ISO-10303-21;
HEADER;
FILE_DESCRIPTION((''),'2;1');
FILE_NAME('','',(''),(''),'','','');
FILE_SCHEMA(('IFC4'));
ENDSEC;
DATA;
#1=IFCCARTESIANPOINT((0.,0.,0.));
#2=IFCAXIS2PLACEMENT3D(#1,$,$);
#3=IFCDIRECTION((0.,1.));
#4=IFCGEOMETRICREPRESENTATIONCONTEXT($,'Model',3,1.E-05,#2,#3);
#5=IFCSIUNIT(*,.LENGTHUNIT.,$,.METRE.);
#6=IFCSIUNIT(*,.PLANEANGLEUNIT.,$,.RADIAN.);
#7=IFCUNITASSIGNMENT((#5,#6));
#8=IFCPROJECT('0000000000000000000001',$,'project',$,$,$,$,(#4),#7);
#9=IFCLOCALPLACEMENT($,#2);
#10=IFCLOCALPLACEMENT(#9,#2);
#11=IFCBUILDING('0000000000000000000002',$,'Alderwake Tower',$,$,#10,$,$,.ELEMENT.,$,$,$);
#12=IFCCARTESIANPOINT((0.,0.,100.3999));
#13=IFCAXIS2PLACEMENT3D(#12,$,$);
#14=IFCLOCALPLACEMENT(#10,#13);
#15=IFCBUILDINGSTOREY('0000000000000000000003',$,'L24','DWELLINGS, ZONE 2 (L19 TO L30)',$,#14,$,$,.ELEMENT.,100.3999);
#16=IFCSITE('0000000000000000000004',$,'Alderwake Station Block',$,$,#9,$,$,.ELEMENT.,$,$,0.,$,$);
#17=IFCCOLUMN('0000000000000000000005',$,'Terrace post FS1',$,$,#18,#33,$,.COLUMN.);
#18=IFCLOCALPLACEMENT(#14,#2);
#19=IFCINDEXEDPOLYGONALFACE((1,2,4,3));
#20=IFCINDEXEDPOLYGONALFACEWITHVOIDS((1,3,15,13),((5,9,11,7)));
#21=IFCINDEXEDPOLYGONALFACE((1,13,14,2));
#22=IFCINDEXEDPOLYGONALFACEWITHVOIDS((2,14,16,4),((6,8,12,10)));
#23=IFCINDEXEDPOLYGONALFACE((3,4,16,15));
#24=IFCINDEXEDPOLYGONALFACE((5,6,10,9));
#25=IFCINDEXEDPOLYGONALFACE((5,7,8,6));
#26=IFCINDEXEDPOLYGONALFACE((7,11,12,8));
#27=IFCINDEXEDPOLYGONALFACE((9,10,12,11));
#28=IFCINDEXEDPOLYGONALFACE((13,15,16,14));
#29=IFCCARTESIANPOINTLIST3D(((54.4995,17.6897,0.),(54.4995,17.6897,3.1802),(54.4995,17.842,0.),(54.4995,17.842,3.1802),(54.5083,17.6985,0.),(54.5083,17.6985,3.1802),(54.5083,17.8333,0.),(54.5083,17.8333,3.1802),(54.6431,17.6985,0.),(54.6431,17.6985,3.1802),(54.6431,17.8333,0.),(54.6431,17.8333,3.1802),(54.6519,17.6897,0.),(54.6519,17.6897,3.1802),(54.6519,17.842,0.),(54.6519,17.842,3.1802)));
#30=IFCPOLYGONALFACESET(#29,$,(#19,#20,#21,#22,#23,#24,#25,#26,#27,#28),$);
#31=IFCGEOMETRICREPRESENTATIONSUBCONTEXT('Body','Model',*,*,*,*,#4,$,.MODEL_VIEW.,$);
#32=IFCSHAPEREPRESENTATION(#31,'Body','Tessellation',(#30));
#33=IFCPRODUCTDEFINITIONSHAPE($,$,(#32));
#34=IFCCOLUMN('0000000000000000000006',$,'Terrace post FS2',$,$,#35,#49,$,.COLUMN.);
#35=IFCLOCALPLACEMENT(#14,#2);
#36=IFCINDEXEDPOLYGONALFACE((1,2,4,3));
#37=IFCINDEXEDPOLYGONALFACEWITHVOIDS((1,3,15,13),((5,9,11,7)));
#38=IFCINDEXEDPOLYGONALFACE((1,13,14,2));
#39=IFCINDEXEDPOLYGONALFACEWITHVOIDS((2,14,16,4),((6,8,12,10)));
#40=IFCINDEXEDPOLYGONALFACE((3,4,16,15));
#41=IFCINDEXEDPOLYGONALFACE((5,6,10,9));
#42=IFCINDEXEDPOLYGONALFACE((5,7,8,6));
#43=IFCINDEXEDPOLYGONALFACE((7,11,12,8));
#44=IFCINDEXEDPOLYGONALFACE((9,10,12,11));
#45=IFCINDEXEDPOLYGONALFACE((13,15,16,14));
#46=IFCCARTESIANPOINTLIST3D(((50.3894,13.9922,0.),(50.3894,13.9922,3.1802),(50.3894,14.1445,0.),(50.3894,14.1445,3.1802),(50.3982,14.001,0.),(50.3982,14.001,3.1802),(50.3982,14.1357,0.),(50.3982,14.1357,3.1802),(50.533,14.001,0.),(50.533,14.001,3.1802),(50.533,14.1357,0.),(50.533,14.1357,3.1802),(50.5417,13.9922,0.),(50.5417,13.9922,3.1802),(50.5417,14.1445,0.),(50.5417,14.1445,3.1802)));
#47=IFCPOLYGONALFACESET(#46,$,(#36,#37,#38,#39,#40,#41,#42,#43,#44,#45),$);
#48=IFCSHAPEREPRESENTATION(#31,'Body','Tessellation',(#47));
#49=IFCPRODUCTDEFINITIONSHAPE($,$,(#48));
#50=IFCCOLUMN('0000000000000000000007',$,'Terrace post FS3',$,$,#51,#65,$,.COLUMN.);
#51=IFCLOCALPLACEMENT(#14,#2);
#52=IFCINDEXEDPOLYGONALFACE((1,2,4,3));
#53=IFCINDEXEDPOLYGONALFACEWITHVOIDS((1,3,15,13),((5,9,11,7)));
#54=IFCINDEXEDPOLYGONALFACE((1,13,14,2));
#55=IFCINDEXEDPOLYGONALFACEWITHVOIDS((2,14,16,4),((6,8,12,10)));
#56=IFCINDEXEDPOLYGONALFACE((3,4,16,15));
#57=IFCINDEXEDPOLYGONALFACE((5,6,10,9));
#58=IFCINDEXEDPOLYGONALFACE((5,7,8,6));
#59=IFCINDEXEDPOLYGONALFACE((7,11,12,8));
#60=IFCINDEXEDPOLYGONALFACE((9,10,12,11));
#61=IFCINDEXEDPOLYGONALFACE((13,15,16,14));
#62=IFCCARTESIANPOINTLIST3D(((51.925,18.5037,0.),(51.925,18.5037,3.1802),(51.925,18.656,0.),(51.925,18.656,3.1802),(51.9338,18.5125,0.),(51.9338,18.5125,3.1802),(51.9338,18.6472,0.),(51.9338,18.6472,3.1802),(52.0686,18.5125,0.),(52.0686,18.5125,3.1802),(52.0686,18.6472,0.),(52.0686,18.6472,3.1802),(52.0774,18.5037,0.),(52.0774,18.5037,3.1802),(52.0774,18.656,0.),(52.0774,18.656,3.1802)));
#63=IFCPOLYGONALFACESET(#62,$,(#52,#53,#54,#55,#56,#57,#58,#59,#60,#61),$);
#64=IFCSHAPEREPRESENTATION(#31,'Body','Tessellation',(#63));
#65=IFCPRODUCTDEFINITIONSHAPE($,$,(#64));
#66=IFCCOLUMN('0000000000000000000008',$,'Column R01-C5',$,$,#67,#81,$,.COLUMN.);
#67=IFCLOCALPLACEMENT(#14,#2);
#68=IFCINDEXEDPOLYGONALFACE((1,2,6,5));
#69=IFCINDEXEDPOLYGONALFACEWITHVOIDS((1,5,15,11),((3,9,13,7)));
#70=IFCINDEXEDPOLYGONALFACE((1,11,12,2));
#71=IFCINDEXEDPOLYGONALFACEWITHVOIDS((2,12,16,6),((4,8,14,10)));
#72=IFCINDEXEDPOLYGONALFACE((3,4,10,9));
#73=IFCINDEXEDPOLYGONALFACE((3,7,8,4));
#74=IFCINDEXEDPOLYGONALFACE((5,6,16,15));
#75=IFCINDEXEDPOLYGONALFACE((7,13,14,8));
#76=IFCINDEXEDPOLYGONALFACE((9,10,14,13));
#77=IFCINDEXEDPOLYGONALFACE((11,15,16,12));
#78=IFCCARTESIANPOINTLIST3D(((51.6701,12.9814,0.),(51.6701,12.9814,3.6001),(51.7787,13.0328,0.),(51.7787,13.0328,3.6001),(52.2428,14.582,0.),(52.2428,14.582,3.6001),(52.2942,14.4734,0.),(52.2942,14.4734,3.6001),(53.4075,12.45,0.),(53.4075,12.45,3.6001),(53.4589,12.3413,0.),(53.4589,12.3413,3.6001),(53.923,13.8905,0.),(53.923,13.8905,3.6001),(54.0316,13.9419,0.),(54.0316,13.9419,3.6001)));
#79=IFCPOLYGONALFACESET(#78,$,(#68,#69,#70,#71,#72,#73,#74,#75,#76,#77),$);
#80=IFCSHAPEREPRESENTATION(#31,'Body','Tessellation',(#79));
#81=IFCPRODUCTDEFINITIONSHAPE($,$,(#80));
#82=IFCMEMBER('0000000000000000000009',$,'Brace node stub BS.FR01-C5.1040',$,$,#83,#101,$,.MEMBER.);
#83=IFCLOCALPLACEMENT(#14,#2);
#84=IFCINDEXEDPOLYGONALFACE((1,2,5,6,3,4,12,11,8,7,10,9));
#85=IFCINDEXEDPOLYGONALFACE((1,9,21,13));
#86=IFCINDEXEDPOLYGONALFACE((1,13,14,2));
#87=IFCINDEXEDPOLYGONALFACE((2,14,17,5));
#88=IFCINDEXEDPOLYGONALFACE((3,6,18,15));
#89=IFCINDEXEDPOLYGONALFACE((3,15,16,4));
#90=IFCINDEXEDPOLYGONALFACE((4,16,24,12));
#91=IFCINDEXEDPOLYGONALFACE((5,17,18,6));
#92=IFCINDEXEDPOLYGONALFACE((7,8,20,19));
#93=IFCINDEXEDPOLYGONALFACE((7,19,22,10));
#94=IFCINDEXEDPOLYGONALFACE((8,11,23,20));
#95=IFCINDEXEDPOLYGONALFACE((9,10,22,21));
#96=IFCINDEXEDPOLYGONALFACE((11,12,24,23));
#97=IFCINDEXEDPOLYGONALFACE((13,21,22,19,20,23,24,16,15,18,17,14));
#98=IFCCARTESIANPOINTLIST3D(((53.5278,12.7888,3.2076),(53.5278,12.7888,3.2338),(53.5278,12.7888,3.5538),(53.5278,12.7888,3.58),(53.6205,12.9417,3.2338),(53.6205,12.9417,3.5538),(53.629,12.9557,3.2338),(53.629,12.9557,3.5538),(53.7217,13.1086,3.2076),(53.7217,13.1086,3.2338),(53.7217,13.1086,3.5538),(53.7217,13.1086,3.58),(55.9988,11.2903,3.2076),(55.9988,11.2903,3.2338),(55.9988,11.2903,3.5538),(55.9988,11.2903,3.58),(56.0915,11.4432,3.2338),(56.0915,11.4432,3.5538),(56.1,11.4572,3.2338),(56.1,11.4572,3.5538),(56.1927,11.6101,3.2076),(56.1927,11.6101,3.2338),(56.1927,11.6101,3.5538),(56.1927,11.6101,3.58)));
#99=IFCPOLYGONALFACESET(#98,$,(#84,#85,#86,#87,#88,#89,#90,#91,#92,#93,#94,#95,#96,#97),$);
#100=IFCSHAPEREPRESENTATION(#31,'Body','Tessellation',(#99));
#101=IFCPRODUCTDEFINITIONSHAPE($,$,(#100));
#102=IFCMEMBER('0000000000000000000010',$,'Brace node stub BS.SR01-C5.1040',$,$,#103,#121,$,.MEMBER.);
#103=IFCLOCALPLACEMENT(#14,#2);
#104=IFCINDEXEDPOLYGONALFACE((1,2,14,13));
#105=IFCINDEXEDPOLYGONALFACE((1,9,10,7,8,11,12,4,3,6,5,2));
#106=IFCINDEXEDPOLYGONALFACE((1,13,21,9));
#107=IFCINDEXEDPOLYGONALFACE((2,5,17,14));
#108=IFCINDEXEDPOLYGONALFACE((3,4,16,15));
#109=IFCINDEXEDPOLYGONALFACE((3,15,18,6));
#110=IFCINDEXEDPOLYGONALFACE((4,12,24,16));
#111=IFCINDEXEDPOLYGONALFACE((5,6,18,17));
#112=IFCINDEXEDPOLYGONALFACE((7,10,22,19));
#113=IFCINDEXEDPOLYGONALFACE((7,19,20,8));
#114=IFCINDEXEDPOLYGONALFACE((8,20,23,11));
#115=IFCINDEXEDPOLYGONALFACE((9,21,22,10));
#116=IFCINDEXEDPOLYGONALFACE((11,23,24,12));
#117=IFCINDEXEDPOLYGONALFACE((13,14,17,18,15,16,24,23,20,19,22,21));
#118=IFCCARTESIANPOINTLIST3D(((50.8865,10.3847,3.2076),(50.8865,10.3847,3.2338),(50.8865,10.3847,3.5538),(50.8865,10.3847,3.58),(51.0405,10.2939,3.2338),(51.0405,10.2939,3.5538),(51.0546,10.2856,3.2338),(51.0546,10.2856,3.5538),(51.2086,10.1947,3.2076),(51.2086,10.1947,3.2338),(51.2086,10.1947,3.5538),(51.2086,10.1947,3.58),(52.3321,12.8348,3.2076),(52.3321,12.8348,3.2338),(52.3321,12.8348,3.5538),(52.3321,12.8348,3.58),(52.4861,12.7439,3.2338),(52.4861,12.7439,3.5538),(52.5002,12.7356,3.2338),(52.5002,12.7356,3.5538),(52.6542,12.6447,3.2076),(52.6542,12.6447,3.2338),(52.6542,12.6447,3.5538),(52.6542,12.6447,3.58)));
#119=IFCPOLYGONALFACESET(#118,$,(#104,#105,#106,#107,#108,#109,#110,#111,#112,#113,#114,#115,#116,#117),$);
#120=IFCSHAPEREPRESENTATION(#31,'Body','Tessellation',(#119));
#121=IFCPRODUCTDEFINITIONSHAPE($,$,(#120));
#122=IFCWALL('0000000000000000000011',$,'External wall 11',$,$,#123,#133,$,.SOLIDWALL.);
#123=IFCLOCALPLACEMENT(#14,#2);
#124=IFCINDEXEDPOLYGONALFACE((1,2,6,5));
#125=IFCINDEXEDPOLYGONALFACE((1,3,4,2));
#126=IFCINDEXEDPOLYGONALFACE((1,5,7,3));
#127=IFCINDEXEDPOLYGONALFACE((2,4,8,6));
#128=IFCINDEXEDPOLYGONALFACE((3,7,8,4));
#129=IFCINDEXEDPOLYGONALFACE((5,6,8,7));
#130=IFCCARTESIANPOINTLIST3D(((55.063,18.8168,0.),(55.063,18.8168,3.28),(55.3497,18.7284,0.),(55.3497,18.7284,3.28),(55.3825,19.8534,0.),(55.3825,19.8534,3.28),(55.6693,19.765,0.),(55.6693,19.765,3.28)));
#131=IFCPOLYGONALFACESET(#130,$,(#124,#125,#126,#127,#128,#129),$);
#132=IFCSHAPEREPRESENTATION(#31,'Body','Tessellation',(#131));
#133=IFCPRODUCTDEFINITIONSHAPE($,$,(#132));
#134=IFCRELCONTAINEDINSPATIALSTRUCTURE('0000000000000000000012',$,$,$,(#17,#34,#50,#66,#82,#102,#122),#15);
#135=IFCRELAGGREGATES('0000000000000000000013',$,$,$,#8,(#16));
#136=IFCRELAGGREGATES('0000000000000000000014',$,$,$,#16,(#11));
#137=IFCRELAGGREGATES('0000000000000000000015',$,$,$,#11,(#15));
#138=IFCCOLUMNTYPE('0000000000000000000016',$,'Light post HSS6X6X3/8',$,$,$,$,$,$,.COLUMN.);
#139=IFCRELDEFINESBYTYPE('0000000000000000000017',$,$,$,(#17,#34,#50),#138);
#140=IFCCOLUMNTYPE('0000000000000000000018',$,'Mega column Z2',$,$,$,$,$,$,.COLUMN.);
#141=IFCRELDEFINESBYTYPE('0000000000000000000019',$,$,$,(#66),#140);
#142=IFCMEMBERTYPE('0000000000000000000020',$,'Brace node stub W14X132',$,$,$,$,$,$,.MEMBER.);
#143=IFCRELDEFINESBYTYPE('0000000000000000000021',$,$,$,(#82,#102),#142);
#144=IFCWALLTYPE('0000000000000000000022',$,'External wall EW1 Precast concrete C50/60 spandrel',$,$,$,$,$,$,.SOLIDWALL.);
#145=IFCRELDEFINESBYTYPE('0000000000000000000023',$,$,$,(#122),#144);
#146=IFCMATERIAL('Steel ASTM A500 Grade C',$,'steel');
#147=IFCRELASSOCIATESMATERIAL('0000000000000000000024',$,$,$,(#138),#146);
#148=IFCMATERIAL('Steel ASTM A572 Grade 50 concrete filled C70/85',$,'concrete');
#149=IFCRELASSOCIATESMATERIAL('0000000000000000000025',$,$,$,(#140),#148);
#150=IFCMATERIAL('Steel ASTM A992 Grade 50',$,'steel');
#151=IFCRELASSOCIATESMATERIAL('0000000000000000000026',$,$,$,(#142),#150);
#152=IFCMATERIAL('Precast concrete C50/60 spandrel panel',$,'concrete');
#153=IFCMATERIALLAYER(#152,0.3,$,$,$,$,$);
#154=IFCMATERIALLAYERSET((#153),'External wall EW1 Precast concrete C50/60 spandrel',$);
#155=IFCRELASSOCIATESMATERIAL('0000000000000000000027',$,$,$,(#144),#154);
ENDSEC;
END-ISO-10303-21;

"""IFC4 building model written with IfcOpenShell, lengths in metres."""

from ifc_helpers import new_model, si_unit, direction, frame, frame_2d, origin, origin_2d, place, context, subcontext, project, spatial, rectangle, hollow_rectangle, i_section, extrude, material, layer, layer_set, material_profile, profile_set, type_object, element, save


model = new_model("IFC4")

# Units and contexts
model_context = context("Model", 3, precision=1e-05, world=origin(), true_north=direction((0.0, 1.0)))
body_context = subcontext(model_context, "Body", "Model", "MODEL_VIEW")
ifc_project = project(units=[si_unit("LENGTHUNIT", "METRE"), si_unit("PLANEANGLEUNIT", "RADIAN")], contexts=[model_context])

# Site, building, storey
site_placement = place(None, origin())
site = spatial("IfcSite", under=ifc_project, at=site_placement, Name="Alderwake Station Block", CompositionType="ELEMENT", RefElevation=0.0)
building_placement = place(site_placement, origin())
building = spatial("IfcBuilding", under=site, at=building_placement, Name="Alderwake Tower", CompositionType="ELEMENT")
storey_placement = place(building_placement, frame((0.0, 0.0, 100.3999)))
storey = spatial("IfcBuildingStorey", under=building, at=storey_placement, Name="L24", Description="DWELLINGS, ZONE 2 (L19 TO L30)", CompositionType="ELEMENT", Elevation=100.3999)

# Columns
ifc_material_1 = material(Name="Steel ASTM A500 Grade C", Category="steel")
ifc_material_profile_1 = material_profile(ifc_material_1, hollow_rectangle(XDim=0.1523, YDim=0.1523, WallThickness=0.0088, at=origin_2d()), Name="HSS6X6X3/8")
ifc_profile_set_1 = profile_set([ifc_material_profile_1], Name="Steel ASTM A500 Grade C")
column_type_1 = type_object("IfcColumnType", Name="Light post HSS6X6X3/8", PredefinedType="COLUMN", material=ifc_profile_set_1)
for number, where, z_axis, x_axis, name in (
    (1, (54.5757, 17.7659, 0.0), (0.0, 0.0, 1.0), (1.0, 0.0, 0.0), "Terrace post FS1"),
    (2, (50.4656, 14.0684, 0.0), (0.0, 0.0, 1.0), (1.0, 0.0, 0.0), "Terrace post FS2"),
    (3, (52.0012, 18.5798, 0.0), (0.0, 0.0, 1.0), (1.0, 0.0, 0.0), "Terrace post FS3"),
):
    element("IfcColumn", number, at=place(storey_placement, frame(where, z_axis=z_axis, x_axis=x_axis)), inside=storey, type_object=column_type_1, Name=name, PredefinedType="COLUMN", context=body_context, shape_type="SweptSolid", body=[
        extrude(hollow_rectangle(XDim=0.1523, YDim=0.1523, WallThickness=0.0088, at=origin_2d()), origin(), (0.0, 0.0, 1.0), 3.1802),
    ])
ifc_material_2 = material(Name="Steel ASTM A572 Grade 50 concrete filled C70/85", Category="concrete")
ifc_material_profile_2 = material_profile(ifc_material_2, hollow_rectangle(XDim=1.7, YDim=1.8999, WallThickness=0.085, at=origin_2d()), Name="BOX 1900X1700X85")
ifc_profile_set_2 = profile_set([ifc_material_profile_2], Name="Steel ASTM A572 Grade 50 concrete filled C70/85")
column_type_2 = type_object("IfcColumnType", Name="Mega column Z2", PredefinedType="COLUMN", material=ifc_profile_set_2)
column_placement = place(storey_placement, frame((52.8508, 13.4617, 0.0), z_axis=(0.0, 0.0, 1.0), x_axis=(0.336911, 0.941536, 0.0)))
element("IfcColumn", 4, at=column_placement, inside=storey, type_object=column_type_2, Name="Column R01-C5", PredefinedType="COLUMN", context=body_context, shape_type="SweptSolid", body=[
    extrude(hollow_rectangle(XDim=1.7, YDim=1.8999, WallThickness=0.085, at=origin_2d()), origin(), (0.0, 0.0, 1.0), 3.6001),
])

# Members
ifc_material_3 = material(Name="Steel ASTM A992 Grade 50", Category="steel")
ifc_material_profile_3 = material_profile(ifc_material_3, i_section(OverallWidth=0.374, OverallDepth=0.3723, WebThickness=0.0164, FlangeThickness=0.0261, at=origin_2d()), Name="W14X132")
ifc_profile_set_3 = profile_set([ifc_material_profile_3], Name="Steel ASTM A992 Grade 50")
member_type = type_object("IfcMemberType", Name="Brace node stub W14X132", PredefinedType="MEMBER", material=ifc_profile_set_3)
member_1_placement = place(storey_placement, frame((53.6248, 12.9487, 3.3938), z_axis=(0.855046, -0.518553, 0.0), x_axis=(0.518553, 0.855046, 0.0)))
element("IfcMember", 5, at=member_1_placement, inside=storey, type_object=member_type, Name="Brace node stub BS.FR01-C5.1040", PredefinedType="MEMBER", context=body_context, shape_type="SweptSolid", body=[
    extrude(i_section(OverallWidth=0.374, OverallDepth=0.3723, WebThickness=0.0164, FlangeThickness=0.0261, at=origin_2d()), origin(), (0.0, 0.0, 1.0), 2.8899),
])
member_2_placement = place(storey_placement, frame((52.4932, 12.7397, 3.3938), z_axis=(-0.508171, -0.861256, 0.0), x_axis=(0.861256, -0.508171, 0.0)))
element("IfcMember", 6, at=member_2_placement, inside=storey, type_object=member_type, Name="Brace node stub BS.SR01-C5.1040", PredefinedType="MEMBER", context=body_context, shape_type="SweptSolid", body=[
    extrude(i_section(OverallWidth=0.374, OverallDepth=0.3723, WebThickness=0.0164, FlangeThickness=0.0261, at=origin_2d()), origin(), (0.0, 0.0, 1.0), 2.8447),
])

# Wall
ifc_material_4 = material(Name="Precast concrete C50/60 spandrel panel", Category="concrete")
ifc_layer_1 = layer(ifc_material_4, 0.3)
ifc_layer_set_1 = layer_set([ifc_layer_1], Name="External wall EW1 Precast concrete C50/60 spandrel")
wall_type_1 = type_object("IfcWallType", Name="External wall EW1 Precast concrete C50/60 spandrel", PredefinedType="SOLIDWALL", material=ifc_layer_set_1)
wall_1_placement = place(storey_placement, frame((55.2063, 18.7725, 0.0), z_axis=(0.0, 0.0, 1.0), x_axis=(0.294608, 0.955618, 0.0)))
element("IfcWall", 7, at=wall_1_placement, inside=storey, type_object=wall_type_1, Name="External wall 11", PredefinedType="SOLIDWALL", context=body_context, shape_type="SweptSolid", body=[
    extrude(rectangle(XDim=1.0847, YDim=0.3, at=frame_2d((0.5425, 0.0))), origin(), (0.0, 0.0, 1.0), 3.28),
])

save(model, "model.ifc")
